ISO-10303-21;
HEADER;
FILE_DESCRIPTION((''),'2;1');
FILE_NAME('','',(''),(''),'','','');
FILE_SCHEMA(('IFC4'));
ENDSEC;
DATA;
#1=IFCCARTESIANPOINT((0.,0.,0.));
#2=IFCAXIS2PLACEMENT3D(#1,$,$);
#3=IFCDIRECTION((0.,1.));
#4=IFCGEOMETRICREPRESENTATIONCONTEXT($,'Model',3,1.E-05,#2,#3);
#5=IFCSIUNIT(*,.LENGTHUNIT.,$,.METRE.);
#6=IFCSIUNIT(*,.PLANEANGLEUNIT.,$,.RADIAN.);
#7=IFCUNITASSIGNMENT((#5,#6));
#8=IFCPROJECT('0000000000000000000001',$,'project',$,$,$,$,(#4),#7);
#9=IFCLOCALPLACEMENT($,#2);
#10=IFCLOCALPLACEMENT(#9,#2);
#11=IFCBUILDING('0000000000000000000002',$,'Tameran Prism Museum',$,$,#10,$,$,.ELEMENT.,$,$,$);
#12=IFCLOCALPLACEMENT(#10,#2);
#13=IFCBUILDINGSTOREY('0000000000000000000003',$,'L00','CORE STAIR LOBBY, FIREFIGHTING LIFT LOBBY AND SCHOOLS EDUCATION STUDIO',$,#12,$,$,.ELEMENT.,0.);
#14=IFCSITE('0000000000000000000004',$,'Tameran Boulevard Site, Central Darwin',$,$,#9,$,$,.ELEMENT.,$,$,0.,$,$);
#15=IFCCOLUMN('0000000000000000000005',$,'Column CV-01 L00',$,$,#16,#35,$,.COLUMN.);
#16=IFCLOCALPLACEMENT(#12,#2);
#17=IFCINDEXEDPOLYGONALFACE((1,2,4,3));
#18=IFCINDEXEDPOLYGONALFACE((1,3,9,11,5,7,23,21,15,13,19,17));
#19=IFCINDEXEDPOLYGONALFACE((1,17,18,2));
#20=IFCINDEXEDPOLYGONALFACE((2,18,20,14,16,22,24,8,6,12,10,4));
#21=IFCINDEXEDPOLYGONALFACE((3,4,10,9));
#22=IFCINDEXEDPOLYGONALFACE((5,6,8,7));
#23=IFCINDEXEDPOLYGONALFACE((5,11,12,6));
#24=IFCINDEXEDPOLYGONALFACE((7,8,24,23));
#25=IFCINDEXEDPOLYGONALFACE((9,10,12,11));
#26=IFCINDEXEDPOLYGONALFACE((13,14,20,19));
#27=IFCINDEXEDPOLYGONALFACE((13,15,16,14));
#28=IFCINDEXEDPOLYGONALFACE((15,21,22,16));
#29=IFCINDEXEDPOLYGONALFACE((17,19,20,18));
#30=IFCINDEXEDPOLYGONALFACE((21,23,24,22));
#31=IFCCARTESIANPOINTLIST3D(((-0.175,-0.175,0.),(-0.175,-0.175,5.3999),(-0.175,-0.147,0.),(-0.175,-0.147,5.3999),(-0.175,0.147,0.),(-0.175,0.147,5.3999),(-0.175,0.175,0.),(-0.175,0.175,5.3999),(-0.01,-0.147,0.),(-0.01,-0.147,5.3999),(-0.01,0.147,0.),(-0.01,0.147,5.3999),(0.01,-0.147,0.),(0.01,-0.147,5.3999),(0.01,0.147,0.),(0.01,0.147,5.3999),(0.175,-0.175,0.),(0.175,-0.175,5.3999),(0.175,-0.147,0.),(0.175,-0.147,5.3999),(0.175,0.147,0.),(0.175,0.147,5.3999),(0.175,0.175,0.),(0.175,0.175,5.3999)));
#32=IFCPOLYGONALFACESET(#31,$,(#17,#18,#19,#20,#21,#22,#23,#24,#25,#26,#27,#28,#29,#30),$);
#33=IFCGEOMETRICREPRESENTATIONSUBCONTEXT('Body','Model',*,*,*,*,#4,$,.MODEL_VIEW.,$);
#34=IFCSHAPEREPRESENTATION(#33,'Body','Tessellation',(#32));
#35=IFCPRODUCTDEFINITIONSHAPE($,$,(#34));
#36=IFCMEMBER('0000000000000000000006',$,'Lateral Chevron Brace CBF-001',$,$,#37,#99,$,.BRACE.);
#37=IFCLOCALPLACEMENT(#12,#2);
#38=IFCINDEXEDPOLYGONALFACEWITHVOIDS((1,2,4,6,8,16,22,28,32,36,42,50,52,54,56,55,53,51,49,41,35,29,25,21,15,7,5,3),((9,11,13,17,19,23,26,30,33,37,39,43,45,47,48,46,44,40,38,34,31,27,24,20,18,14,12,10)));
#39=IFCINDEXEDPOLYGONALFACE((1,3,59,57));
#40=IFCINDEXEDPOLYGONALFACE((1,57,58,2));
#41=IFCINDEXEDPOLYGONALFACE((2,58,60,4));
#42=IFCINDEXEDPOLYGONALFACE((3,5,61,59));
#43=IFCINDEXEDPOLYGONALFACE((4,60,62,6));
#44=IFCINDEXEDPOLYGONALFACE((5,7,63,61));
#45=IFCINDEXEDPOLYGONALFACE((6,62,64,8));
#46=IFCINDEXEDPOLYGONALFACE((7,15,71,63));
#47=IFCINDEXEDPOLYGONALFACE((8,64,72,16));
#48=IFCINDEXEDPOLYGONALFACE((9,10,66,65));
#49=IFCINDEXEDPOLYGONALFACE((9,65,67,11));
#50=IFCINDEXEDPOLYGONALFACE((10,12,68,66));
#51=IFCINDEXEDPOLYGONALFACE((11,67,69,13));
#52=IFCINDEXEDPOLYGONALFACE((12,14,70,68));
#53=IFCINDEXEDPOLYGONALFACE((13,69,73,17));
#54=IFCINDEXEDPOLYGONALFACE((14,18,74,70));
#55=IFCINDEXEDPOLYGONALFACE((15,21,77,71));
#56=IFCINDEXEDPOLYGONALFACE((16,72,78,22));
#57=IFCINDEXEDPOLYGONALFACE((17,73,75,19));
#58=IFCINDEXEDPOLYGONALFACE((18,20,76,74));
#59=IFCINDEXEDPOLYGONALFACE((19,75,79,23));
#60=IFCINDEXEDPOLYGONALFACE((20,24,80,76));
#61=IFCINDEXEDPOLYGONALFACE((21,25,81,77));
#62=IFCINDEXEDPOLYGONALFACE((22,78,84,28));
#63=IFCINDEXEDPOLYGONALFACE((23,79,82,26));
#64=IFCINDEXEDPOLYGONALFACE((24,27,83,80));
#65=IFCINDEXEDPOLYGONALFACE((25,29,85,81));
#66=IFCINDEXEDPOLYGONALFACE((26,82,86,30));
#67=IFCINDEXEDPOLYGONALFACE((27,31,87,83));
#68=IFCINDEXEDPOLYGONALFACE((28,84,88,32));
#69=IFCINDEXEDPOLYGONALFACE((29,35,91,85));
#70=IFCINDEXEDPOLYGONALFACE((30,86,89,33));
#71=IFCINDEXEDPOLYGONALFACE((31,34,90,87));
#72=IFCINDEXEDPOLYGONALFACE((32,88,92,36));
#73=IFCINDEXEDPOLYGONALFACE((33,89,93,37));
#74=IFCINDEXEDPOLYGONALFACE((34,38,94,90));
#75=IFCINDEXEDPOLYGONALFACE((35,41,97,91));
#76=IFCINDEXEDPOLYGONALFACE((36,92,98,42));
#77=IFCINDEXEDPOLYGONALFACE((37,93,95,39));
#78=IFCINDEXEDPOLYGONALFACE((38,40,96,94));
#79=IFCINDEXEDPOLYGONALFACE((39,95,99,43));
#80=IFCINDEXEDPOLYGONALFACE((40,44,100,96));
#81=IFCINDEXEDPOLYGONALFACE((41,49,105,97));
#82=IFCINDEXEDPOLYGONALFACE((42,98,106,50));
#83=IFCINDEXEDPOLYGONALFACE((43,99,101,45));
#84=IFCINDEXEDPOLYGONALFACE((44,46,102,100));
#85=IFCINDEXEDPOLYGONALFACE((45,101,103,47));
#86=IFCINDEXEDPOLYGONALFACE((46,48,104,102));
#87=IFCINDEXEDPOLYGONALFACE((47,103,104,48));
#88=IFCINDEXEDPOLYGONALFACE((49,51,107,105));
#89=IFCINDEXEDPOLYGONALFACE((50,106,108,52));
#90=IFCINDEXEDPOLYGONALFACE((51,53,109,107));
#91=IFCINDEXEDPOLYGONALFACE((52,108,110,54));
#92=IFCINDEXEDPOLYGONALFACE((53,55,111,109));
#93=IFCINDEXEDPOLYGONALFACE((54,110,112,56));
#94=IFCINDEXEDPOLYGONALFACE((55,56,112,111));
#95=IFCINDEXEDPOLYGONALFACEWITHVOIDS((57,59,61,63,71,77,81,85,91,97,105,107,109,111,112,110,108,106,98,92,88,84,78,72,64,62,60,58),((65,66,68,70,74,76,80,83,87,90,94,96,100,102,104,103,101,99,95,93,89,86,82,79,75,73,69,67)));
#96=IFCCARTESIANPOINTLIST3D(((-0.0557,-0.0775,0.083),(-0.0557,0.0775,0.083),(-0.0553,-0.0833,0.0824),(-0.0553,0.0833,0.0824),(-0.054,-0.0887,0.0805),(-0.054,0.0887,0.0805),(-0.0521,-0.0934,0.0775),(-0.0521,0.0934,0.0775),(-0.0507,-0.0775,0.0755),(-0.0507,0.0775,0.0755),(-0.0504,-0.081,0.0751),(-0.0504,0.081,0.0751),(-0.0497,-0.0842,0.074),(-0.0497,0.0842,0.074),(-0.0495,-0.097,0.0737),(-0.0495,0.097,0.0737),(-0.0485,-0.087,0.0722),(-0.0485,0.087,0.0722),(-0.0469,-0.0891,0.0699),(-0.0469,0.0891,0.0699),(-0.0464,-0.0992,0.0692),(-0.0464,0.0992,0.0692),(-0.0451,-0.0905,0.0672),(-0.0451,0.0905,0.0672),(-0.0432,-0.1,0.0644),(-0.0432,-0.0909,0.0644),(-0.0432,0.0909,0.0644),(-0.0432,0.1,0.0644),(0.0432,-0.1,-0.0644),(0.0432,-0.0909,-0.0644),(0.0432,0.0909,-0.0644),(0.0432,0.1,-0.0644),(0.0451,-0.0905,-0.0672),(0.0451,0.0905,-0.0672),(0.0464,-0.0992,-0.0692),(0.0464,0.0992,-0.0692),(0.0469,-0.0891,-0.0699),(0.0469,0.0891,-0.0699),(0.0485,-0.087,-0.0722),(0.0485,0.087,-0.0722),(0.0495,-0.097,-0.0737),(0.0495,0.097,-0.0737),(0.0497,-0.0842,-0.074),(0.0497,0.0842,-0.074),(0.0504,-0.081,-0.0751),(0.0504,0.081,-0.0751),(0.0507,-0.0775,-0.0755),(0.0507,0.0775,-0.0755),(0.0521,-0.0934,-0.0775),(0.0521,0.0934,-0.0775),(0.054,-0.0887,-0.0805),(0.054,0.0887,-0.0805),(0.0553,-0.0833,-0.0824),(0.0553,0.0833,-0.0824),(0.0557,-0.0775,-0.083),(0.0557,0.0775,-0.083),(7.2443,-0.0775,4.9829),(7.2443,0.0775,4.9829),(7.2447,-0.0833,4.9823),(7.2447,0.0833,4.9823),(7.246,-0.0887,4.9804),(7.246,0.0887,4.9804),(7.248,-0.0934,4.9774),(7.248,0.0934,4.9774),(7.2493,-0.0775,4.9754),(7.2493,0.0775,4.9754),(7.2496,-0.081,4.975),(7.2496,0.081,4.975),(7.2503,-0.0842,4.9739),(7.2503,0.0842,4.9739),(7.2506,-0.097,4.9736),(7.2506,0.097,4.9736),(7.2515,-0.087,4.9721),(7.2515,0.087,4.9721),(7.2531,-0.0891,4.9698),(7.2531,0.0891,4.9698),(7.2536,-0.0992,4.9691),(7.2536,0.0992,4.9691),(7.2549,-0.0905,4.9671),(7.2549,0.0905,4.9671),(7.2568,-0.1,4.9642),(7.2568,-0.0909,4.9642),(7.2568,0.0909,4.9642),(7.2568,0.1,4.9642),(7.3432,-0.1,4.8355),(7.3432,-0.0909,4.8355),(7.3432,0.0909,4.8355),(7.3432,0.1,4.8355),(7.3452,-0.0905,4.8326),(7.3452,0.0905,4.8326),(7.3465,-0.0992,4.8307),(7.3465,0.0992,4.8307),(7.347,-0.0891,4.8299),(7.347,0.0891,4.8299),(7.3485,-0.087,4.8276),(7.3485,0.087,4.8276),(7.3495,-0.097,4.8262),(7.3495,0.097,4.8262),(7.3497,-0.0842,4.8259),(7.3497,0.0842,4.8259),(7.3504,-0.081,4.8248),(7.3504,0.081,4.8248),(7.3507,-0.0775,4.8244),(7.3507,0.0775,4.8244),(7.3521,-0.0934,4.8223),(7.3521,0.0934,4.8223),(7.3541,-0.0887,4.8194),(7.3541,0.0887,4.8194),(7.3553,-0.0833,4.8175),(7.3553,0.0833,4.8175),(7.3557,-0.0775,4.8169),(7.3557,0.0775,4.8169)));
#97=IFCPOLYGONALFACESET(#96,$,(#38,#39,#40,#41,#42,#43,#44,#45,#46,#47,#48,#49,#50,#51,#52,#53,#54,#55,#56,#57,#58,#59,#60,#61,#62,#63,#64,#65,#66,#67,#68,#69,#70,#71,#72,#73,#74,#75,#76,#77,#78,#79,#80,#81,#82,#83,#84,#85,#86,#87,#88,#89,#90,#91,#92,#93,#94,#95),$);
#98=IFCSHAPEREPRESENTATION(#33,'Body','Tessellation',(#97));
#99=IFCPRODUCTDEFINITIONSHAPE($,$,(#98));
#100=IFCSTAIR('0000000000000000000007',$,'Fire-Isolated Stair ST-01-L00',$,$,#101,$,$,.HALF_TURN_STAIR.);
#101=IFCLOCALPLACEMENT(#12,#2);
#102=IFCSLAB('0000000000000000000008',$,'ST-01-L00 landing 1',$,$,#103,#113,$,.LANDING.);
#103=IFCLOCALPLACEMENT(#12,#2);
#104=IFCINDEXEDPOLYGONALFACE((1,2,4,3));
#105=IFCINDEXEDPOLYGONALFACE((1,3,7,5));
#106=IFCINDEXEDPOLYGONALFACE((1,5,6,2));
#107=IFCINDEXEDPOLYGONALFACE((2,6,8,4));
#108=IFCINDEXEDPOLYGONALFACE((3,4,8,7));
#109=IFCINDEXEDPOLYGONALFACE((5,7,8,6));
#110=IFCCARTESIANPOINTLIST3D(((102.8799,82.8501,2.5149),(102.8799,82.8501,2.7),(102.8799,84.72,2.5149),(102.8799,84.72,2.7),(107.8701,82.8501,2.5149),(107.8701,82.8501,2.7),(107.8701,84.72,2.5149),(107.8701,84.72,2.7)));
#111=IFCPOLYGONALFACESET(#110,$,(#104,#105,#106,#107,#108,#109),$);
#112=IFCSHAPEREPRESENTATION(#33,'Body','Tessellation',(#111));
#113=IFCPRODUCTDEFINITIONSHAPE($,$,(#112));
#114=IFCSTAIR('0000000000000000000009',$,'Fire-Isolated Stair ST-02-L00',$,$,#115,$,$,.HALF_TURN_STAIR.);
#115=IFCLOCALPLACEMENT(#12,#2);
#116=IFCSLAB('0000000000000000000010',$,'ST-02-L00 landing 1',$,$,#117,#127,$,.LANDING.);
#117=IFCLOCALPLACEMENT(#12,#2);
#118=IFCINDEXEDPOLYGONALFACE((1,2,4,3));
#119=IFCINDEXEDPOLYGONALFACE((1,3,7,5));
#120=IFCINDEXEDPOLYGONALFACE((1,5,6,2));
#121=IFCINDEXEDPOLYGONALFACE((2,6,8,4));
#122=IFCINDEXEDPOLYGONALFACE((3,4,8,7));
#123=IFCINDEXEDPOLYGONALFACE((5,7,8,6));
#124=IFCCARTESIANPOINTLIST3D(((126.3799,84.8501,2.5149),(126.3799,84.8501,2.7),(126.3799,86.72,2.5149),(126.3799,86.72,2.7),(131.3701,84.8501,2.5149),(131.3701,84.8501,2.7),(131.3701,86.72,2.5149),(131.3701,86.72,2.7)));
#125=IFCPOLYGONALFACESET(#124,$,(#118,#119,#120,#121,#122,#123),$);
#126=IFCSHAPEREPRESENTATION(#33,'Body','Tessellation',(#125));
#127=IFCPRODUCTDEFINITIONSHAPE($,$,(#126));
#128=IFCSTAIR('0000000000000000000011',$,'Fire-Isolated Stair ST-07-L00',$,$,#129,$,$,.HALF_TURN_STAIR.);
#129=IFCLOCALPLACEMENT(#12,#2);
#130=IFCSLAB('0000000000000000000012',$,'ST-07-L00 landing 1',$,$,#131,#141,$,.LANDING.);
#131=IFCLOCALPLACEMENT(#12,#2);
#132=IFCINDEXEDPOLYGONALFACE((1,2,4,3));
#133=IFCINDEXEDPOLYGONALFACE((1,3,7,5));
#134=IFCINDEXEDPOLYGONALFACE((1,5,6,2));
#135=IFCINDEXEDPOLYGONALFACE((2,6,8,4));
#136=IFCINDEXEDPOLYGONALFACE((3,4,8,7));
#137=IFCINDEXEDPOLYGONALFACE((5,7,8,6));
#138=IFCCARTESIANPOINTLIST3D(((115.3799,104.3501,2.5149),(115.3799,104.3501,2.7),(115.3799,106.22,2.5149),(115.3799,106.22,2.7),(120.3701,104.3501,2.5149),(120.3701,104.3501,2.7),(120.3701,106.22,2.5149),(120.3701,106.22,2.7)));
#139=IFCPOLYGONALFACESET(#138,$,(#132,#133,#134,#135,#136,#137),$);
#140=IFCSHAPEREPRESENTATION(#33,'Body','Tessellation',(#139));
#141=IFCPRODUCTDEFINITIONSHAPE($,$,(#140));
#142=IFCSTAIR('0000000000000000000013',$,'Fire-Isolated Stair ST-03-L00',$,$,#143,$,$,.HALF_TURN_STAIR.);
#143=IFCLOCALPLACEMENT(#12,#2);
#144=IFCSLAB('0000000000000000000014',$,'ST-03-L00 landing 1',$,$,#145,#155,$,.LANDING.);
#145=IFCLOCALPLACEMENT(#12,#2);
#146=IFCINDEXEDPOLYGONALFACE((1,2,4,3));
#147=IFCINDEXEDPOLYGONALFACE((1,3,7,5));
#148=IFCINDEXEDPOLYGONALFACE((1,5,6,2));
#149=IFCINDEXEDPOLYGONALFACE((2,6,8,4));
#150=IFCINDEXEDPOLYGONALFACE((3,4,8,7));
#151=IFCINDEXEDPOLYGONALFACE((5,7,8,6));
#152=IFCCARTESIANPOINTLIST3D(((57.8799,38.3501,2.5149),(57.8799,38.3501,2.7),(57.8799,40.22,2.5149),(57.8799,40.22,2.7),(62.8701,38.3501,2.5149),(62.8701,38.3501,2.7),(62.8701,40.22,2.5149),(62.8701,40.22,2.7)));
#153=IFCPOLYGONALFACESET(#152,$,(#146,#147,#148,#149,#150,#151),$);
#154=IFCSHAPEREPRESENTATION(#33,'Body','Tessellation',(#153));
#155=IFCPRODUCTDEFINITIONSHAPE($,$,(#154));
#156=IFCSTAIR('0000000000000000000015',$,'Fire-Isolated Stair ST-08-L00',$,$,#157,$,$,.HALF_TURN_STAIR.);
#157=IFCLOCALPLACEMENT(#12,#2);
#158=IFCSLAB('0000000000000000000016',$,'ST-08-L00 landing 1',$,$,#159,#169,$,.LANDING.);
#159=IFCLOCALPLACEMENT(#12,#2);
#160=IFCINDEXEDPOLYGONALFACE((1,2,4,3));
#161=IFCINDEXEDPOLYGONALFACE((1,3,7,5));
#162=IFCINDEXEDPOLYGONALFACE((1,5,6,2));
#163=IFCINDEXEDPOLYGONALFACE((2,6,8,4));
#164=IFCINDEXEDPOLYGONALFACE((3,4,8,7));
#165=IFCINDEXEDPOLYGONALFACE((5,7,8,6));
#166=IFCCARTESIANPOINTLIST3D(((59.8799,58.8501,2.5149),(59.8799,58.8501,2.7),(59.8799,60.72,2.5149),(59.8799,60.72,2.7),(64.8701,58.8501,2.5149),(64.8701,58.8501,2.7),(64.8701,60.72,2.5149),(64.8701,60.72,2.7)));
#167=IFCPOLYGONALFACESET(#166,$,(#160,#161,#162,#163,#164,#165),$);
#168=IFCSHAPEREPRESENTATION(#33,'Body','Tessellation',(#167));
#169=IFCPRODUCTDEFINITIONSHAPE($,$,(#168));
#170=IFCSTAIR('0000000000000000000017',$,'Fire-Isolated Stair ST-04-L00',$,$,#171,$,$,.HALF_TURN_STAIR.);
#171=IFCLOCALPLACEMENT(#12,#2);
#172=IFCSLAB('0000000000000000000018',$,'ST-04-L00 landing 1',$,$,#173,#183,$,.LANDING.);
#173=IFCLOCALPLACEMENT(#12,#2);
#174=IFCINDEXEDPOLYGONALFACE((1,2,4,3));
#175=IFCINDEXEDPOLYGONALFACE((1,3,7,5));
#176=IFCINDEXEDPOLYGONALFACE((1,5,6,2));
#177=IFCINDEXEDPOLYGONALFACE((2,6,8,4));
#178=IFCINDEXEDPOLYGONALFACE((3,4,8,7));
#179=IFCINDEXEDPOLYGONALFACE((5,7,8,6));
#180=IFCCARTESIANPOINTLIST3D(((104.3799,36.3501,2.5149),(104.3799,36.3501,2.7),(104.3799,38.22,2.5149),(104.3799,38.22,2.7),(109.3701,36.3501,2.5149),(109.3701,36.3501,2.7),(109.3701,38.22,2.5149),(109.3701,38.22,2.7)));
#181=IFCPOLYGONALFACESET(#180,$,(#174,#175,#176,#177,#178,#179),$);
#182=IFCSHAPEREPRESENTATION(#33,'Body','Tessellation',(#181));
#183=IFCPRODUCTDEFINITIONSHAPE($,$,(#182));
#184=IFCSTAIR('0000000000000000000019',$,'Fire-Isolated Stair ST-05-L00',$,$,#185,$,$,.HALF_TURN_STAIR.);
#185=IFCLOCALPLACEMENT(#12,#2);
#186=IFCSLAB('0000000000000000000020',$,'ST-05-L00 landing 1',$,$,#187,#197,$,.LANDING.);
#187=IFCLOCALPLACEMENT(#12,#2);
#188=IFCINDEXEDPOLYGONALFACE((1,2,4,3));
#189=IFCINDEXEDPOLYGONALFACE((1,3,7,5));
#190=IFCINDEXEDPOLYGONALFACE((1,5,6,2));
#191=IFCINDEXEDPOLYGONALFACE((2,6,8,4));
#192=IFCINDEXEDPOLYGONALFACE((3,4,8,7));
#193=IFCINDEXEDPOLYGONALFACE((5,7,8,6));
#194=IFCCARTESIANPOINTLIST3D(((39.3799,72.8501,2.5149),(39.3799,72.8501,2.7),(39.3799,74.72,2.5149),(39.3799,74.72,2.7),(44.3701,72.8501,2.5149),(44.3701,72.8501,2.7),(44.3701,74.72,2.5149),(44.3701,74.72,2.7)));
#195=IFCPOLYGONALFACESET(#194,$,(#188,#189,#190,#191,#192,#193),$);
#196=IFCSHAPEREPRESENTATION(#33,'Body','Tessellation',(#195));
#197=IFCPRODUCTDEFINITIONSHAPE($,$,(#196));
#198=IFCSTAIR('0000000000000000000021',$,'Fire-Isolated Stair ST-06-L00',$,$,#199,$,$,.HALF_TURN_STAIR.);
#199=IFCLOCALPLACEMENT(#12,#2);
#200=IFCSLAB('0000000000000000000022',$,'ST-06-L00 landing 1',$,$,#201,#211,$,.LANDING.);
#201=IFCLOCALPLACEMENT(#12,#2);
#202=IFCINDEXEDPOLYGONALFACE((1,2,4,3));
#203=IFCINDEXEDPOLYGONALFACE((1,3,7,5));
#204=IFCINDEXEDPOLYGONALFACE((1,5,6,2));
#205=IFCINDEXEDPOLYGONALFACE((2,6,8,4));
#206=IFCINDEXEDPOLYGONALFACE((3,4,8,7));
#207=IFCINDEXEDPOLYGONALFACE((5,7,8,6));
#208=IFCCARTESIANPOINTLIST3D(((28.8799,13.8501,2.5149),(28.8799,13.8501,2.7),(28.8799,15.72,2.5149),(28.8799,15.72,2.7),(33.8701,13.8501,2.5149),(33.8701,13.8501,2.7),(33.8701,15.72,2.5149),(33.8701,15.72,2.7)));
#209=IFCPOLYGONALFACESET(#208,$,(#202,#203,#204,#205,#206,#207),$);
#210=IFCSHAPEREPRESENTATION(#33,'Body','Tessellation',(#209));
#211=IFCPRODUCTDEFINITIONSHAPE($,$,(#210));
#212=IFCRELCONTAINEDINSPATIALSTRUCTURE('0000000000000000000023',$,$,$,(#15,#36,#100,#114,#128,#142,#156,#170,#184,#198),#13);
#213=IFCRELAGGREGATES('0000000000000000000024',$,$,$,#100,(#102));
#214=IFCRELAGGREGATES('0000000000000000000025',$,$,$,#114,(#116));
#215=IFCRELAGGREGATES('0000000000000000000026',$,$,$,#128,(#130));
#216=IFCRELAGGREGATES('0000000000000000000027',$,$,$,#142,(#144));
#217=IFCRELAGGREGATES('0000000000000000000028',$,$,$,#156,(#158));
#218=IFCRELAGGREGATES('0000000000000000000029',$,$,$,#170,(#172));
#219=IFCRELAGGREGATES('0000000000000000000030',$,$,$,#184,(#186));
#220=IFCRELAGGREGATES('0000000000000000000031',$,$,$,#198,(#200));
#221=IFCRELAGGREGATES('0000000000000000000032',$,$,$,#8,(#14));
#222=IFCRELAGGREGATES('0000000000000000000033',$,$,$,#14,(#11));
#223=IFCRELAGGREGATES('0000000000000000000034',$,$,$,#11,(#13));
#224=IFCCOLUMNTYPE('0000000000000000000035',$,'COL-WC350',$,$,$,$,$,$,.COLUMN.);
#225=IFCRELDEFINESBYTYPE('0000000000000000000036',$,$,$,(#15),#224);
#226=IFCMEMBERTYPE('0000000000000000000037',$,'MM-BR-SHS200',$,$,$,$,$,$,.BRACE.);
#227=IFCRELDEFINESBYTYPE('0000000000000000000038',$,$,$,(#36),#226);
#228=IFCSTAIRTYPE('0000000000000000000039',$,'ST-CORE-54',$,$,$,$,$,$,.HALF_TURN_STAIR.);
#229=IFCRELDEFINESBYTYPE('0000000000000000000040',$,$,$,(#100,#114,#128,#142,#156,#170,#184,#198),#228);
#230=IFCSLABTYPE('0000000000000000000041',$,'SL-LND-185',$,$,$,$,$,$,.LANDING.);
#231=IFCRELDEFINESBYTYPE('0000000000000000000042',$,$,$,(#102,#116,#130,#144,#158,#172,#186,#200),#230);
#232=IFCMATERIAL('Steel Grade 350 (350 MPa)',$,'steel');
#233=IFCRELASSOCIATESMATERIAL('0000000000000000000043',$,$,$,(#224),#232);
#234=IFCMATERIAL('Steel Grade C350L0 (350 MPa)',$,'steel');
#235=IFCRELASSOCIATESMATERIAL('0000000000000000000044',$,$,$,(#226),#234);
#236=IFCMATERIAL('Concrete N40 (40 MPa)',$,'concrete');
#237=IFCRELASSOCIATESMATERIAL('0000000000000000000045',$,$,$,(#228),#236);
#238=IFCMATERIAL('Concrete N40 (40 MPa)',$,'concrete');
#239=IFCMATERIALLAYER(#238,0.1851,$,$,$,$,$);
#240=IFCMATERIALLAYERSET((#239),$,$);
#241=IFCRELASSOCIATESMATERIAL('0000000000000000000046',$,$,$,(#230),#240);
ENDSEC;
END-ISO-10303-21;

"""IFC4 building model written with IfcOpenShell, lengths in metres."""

from ifc_helpers import new_model, si_unit, direction, frame, origin, origin_with_axes, origin_2d, place, context, subcontext, project, spatial, polyline, hollow_rectangle, i_section, outline, extrude, material, layer, layer_set, material_profile, profile_set, type_object, element, aggregate, save


model = new_model("IFC4")

# Units and contexts
model_context = context("Model", 3, precision=1e-05, world=origin(), true_north=direction((0.0, 1.0)))
body_context = subcontext(model_context, "Body", "Model", "MODEL_VIEW")
ifc_project = project(units=[si_unit("LENGTHUNIT", "METRE"), si_unit("PLANEANGLEUNIT", "RADIAN")], contexts=[model_context])

# Site, building, storey
site_placement = place(None, origin())
site = spatial("IfcSite", under=ifc_project, at=site_placement, Name="Tameran Boulevard Site, Central Darwin", CompositionType="ELEMENT", RefElevation=0.0)
building_placement = place(site_placement, origin())
building = spatial("IfcBuilding", under=site, at=building_placement, Name="Tameran Prism Museum", CompositionType="ELEMENT")
storey_placement = place(building_placement, origin())
storey = spatial("IfcBuildingStorey", under=building, at=storey_placement, Name="L00", Description="CORE STAIR LOBBY, FIREFIGHTING LIFT LOBBY AND SCHOOLS EDUCATION STUDIO", CompositionType="ELEMENT", Elevation=0.0)

# Column
ifc_material_1 = material(Name="Steel Grade 350 (350 MPa)", Category="steel")
ifc_material_profile_1 = material_profile(ifc_material_1, i_section(OverallWidth=0.3501, OverallDepth=0.3501, WebThickness=0.02, FlangeThickness=0.0281, at=origin_2d()))
ifc_profile_set_1 = profile_set([ifc_material_profile_1])
column_type = type_object("IfcColumnType", Name="COL-WC350", PredefinedType="COLUMN", material=ifc_profile_set_1)
column_placement = place(storey_placement, origin_with_axes())
element("IfcColumn", 1, at=column_placement, inside=storey, type_object=column_type, Name="Column CV-01 L00", PredefinedType="COLUMN", context=body_context, shape_type="SweptSolid", body=[
    extrude(i_section(OverallWidth=0.3501, OverallDepth=0.3501, WebThickness=0.02, FlangeThickness=0.0281, at=origin_2d()), origin(), (0.0, 0.0, 1.0), 5.3999),
])

# Member
ifc_material_2 = material(Name="Steel Grade C350L0 (350 MPa)", Category="steel")
ifc_material_profile_2 = material_profile(ifc_material_2, hollow_rectangle(XDim=0.2, YDim=0.2, WallThickness=0.009, InnerFilletRadius=0.0134, OuterFilletRadius=0.0225, at=origin_2d()))
ifc_profile_set_2 = profile_set([ifc_material_profile_2])
member_type = type_object("IfcMemberType", Name="MM-BR-SHS200", PredefinedType="BRACE", material=ifc_profile_set_2)
member_placement = place(storey_placement, frame((0.0, 0.0, 0.0), z_axis=(0.830303, 0.0, 0.557312), x_axis=(0.0, 1.0, 0.0)))
element("IfcMember", 2, at=member_placement, inside=storey, type_object=member_type, Name="Lateral Chevron Brace CBF-001", PredefinedType="BRACE", context=body_context, shape_type="SweptSolid", body=[
    extrude(hollow_rectangle(XDim=0.2, YDim=0.2, WallThickness=0.009, InnerFilletRadius=0.0134, OuterFilletRadius=0.0225, at=origin_2d()), origin(), (0.0, 0.0, 1.0), 8.792),
])

# Stairs, slabs
ifc_material_3 = material(Name="Concrete N40 (40 MPa)", Category="concrete")
stair_type = type_object("IfcStairType", Name="ST-CORE-54", PredefinedType="HALF_TURN_STAIR", material=ifc_material_3)
stair_1_placement = place(storey_placement, origin())
stair_1 = element("IfcStair", 3, at=stair_1_placement, inside=storey, type_object=stair_type, Name="Fire-Isolated Stair ST-01-L00", PredefinedType="HALF_TURN_STAIR")
ifc_material_4 = material(Name="Concrete N40 (40 MPa)", Category="concrete")
ifc_layer_1 = layer(ifc_material_4, 0.1851)
ifc_layer_set_1 = layer_set([ifc_layer_1])
slab_type_1 = type_object("IfcSlabType", Name="SL-LND-185", PredefinedType="LANDING", material=ifc_layer_set_1)
slab_1_placement = place(storey_placement, frame((0.0, 0.0, 2.5149)))
slab_1 = element("IfcSlab", 4, at=slab_1_placement, type_object=slab_type_1, Name="ST-01-L00 landing 1", PredefinedType="LANDING", context=body_context, shape_type="SweptSolid", body=[
    extrude(outline(polyline([(102.8799, 82.8501), (107.8701, 82.8501), (107.8701, 84.72), (102.8799, 84.72), (102.8799, 82.8501)])), origin(), (0.0, 0.0, 1.0), 0.1851),
])
aggregate(stair_1, [slab_1])
stair_2_placement = place(storey_placement, origin())
stair_2 = element("IfcStair", 5, at=stair_2_placement, inside=storey, type_object=stair_type, Name="Fire-Isolated Stair ST-02-L00", PredefinedType="HALF_TURN_STAIR")
slab_2_placement = place(storey_placement, frame((0.0, 0.0, 2.5149)))
slab_2 = element("IfcSlab", 6, at=slab_2_placement, type_object=slab_type_1, Name="ST-02-L00 landing 1", PredefinedType="LANDING", context=body_context, shape_type="SweptSolid", body=[
    extrude(outline(polyline([(126.3799, 84.8501), (131.3701, 84.8501), (131.3701, 86.72), (126.3799, 86.72), (126.3799, 84.8501)])), origin(), (0.0, 0.0, 1.0), 0.1851),
])
aggregate(stair_2, [slab_2])
stair_3_placement = place(storey_placement, origin())
stair_3 = element("IfcStair", 7, at=stair_3_placement, inside=storey, type_object=stair_type, Name="Fire-Isolated Stair ST-07-L00", PredefinedType="HALF_TURN_STAIR")
slab_3_placement = place(storey_placement, frame((0.0, 0.0, 2.5149)))
slab_3 = element("IfcSlab", 8, at=slab_3_placement, type_object=slab_type_1, Name="ST-07-L00 landing 1", PredefinedType="LANDING", context=body_context, shape_type="SweptSolid", body=[
    extrude(outline(polyline([(115.3799, 104.3501), (120.3701, 104.3501), (120.3701, 106.22), (115.3799, 106.22), (115.3799, 104.3501)])), origin(), (0.0, 0.0, 1.0), 0.1851),
])
aggregate(stair_3, [slab_3])
stair_4_placement = place(storey_placement, origin())
stair_4 = element("IfcStair", 9, at=stair_4_placement, inside=storey, type_object=stair_type, Name="Fire-Isolated Stair ST-03-L00", PredefinedType="HALF_TURN_STAIR")
slab_4_placement = place(storey_placement, frame((0.0, 0.0, 2.5149)))
slab_4 = element("IfcSlab", 10, at=slab_4_placement, type_object=slab_type_1, Name="ST-03-L00 landing 1", PredefinedType="LANDING", context=body_context, shape_type="SweptSolid", body=[
    extrude(outline(polyline([(57.8799, 38.3501), (62.8701, 38.3501), (62.8701, 40.22), (57.8799, 40.22), (57.8799, 38.3501)])), origin(), (0.0, 0.0, 1.0), 0.1851),
])
aggregate(stair_4, [slab_4])
stair_5_placement = place(storey_placement, origin())
stair_5 = element("IfcStair", 11, at=stair_5_placement, inside=storey, type_object=stair_type, Name="Fire-Isolated Stair ST-08-L00", PredefinedType="HALF_TURN_STAIR")
slab_5_placement = place(storey_placement, frame((0.0, 0.0, 2.5149)))
slab_5 = element("IfcSlab", 12, at=slab_5_placement, type_object=slab_type_1, Name="ST-08-L00 landing 1", PredefinedType="LANDING", context=body_context, shape_type="SweptSolid", body=[
    extrude(outline(polyline([(59.8799, 58.8501), (64.8701, 58.8501), (64.8701, 60.72), (59.8799, 60.72), (59.8799, 58.8501)])), origin(), (0.0, 0.0, 1.0), 0.1851),
])
aggregate(stair_5, [slab_5])
stair_6_placement = place(storey_placement, origin())
stair_6 = element("IfcStair", 13, at=stair_6_placement, inside=storey, type_object=stair_type, Name="Fire-Isolated Stair ST-04-L00", PredefinedType="HALF_TURN_STAIR")
slab_6_placement = place(storey_placement, frame((0.0, 0.0, 2.5149)))
slab_6 = element("IfcSlab", 14, at=slab_6_placement, type_object=slab_type_1, Name="ST-04-L00 landing 1", PredefinedType="LANDING", context=body_context, shape_type="SweptSolid", body=[
    extrude(outline(polyline([(104.3799, 36.3501), (109.3701, 36.3501), (109.3701, 38.22), (104.3799, 38.22), (104.3799, 36.3501)])), origin(), (0.0, 0.0, 1.0), 0.1851),
])
aggregate(stair_6, [slab_6])
stair_7_placement = place(storey_placement, origin())
stair_7 = element("IfcStair", 15, at=stair_7_placement, inside=storey, type_object=stair_type, Name="Fire-Isolated Stair ST-05-L00", PredefinedType="HALF_TURN_STAIR")
slab_7_placement = place(storey_placement, frame((0.0, 0.0, 2.5149)))
slab_7 = element("IfcSlab", 16, at=slab_7_placement, type_object=slab_type_1, Name="ST-05-L00 landing 1", PredefinedType="LANDING", context=body_context, shape_type="SweptSolid", body=[
    extrude(outline(polyline([(39.3799, 72.8501), (44.3701, 72.8501), (44.3701, 74.72), (39.3799, 74.72), (39.3799, 72.8501)])), origin(), (0.0, 0.0, 1.0), 0.1851),
])
aggregate(stair_7, [slab_7])
stair_8_placement = place(storey_placement, origin())
stair_8 = element("IfcStair", 17, at=stair_8_placement, inside=storey, type_object=stair_type, Name="Fire-Isolated Stair ST-06-L00", PredefinedType="HALF_TURN_STAIR")
slab_8_placement = place(storey_placement, frame((0.0, 0.0, 2.5149)))
slab_8 = element("IfcSlab", 18, at=slab_8_placement, type_object=slab_type_1, Name="ST-06-L00 landing 1", PredefinedType="LANDING", context=body_context, shape_type="SweptSolid", body=[
    extrude(outline(polyline([(28.8799, 13.8501), (33.8701, 13.8501), (33.8701, 15.72), (28.8799, 15.72), (28.8799, 13.8501)])), origin(), (0.0, 0.0, 1.0), 0.1851),
])
aggregate(stair_8, [slab_8])

save(model, "model.ifc")
